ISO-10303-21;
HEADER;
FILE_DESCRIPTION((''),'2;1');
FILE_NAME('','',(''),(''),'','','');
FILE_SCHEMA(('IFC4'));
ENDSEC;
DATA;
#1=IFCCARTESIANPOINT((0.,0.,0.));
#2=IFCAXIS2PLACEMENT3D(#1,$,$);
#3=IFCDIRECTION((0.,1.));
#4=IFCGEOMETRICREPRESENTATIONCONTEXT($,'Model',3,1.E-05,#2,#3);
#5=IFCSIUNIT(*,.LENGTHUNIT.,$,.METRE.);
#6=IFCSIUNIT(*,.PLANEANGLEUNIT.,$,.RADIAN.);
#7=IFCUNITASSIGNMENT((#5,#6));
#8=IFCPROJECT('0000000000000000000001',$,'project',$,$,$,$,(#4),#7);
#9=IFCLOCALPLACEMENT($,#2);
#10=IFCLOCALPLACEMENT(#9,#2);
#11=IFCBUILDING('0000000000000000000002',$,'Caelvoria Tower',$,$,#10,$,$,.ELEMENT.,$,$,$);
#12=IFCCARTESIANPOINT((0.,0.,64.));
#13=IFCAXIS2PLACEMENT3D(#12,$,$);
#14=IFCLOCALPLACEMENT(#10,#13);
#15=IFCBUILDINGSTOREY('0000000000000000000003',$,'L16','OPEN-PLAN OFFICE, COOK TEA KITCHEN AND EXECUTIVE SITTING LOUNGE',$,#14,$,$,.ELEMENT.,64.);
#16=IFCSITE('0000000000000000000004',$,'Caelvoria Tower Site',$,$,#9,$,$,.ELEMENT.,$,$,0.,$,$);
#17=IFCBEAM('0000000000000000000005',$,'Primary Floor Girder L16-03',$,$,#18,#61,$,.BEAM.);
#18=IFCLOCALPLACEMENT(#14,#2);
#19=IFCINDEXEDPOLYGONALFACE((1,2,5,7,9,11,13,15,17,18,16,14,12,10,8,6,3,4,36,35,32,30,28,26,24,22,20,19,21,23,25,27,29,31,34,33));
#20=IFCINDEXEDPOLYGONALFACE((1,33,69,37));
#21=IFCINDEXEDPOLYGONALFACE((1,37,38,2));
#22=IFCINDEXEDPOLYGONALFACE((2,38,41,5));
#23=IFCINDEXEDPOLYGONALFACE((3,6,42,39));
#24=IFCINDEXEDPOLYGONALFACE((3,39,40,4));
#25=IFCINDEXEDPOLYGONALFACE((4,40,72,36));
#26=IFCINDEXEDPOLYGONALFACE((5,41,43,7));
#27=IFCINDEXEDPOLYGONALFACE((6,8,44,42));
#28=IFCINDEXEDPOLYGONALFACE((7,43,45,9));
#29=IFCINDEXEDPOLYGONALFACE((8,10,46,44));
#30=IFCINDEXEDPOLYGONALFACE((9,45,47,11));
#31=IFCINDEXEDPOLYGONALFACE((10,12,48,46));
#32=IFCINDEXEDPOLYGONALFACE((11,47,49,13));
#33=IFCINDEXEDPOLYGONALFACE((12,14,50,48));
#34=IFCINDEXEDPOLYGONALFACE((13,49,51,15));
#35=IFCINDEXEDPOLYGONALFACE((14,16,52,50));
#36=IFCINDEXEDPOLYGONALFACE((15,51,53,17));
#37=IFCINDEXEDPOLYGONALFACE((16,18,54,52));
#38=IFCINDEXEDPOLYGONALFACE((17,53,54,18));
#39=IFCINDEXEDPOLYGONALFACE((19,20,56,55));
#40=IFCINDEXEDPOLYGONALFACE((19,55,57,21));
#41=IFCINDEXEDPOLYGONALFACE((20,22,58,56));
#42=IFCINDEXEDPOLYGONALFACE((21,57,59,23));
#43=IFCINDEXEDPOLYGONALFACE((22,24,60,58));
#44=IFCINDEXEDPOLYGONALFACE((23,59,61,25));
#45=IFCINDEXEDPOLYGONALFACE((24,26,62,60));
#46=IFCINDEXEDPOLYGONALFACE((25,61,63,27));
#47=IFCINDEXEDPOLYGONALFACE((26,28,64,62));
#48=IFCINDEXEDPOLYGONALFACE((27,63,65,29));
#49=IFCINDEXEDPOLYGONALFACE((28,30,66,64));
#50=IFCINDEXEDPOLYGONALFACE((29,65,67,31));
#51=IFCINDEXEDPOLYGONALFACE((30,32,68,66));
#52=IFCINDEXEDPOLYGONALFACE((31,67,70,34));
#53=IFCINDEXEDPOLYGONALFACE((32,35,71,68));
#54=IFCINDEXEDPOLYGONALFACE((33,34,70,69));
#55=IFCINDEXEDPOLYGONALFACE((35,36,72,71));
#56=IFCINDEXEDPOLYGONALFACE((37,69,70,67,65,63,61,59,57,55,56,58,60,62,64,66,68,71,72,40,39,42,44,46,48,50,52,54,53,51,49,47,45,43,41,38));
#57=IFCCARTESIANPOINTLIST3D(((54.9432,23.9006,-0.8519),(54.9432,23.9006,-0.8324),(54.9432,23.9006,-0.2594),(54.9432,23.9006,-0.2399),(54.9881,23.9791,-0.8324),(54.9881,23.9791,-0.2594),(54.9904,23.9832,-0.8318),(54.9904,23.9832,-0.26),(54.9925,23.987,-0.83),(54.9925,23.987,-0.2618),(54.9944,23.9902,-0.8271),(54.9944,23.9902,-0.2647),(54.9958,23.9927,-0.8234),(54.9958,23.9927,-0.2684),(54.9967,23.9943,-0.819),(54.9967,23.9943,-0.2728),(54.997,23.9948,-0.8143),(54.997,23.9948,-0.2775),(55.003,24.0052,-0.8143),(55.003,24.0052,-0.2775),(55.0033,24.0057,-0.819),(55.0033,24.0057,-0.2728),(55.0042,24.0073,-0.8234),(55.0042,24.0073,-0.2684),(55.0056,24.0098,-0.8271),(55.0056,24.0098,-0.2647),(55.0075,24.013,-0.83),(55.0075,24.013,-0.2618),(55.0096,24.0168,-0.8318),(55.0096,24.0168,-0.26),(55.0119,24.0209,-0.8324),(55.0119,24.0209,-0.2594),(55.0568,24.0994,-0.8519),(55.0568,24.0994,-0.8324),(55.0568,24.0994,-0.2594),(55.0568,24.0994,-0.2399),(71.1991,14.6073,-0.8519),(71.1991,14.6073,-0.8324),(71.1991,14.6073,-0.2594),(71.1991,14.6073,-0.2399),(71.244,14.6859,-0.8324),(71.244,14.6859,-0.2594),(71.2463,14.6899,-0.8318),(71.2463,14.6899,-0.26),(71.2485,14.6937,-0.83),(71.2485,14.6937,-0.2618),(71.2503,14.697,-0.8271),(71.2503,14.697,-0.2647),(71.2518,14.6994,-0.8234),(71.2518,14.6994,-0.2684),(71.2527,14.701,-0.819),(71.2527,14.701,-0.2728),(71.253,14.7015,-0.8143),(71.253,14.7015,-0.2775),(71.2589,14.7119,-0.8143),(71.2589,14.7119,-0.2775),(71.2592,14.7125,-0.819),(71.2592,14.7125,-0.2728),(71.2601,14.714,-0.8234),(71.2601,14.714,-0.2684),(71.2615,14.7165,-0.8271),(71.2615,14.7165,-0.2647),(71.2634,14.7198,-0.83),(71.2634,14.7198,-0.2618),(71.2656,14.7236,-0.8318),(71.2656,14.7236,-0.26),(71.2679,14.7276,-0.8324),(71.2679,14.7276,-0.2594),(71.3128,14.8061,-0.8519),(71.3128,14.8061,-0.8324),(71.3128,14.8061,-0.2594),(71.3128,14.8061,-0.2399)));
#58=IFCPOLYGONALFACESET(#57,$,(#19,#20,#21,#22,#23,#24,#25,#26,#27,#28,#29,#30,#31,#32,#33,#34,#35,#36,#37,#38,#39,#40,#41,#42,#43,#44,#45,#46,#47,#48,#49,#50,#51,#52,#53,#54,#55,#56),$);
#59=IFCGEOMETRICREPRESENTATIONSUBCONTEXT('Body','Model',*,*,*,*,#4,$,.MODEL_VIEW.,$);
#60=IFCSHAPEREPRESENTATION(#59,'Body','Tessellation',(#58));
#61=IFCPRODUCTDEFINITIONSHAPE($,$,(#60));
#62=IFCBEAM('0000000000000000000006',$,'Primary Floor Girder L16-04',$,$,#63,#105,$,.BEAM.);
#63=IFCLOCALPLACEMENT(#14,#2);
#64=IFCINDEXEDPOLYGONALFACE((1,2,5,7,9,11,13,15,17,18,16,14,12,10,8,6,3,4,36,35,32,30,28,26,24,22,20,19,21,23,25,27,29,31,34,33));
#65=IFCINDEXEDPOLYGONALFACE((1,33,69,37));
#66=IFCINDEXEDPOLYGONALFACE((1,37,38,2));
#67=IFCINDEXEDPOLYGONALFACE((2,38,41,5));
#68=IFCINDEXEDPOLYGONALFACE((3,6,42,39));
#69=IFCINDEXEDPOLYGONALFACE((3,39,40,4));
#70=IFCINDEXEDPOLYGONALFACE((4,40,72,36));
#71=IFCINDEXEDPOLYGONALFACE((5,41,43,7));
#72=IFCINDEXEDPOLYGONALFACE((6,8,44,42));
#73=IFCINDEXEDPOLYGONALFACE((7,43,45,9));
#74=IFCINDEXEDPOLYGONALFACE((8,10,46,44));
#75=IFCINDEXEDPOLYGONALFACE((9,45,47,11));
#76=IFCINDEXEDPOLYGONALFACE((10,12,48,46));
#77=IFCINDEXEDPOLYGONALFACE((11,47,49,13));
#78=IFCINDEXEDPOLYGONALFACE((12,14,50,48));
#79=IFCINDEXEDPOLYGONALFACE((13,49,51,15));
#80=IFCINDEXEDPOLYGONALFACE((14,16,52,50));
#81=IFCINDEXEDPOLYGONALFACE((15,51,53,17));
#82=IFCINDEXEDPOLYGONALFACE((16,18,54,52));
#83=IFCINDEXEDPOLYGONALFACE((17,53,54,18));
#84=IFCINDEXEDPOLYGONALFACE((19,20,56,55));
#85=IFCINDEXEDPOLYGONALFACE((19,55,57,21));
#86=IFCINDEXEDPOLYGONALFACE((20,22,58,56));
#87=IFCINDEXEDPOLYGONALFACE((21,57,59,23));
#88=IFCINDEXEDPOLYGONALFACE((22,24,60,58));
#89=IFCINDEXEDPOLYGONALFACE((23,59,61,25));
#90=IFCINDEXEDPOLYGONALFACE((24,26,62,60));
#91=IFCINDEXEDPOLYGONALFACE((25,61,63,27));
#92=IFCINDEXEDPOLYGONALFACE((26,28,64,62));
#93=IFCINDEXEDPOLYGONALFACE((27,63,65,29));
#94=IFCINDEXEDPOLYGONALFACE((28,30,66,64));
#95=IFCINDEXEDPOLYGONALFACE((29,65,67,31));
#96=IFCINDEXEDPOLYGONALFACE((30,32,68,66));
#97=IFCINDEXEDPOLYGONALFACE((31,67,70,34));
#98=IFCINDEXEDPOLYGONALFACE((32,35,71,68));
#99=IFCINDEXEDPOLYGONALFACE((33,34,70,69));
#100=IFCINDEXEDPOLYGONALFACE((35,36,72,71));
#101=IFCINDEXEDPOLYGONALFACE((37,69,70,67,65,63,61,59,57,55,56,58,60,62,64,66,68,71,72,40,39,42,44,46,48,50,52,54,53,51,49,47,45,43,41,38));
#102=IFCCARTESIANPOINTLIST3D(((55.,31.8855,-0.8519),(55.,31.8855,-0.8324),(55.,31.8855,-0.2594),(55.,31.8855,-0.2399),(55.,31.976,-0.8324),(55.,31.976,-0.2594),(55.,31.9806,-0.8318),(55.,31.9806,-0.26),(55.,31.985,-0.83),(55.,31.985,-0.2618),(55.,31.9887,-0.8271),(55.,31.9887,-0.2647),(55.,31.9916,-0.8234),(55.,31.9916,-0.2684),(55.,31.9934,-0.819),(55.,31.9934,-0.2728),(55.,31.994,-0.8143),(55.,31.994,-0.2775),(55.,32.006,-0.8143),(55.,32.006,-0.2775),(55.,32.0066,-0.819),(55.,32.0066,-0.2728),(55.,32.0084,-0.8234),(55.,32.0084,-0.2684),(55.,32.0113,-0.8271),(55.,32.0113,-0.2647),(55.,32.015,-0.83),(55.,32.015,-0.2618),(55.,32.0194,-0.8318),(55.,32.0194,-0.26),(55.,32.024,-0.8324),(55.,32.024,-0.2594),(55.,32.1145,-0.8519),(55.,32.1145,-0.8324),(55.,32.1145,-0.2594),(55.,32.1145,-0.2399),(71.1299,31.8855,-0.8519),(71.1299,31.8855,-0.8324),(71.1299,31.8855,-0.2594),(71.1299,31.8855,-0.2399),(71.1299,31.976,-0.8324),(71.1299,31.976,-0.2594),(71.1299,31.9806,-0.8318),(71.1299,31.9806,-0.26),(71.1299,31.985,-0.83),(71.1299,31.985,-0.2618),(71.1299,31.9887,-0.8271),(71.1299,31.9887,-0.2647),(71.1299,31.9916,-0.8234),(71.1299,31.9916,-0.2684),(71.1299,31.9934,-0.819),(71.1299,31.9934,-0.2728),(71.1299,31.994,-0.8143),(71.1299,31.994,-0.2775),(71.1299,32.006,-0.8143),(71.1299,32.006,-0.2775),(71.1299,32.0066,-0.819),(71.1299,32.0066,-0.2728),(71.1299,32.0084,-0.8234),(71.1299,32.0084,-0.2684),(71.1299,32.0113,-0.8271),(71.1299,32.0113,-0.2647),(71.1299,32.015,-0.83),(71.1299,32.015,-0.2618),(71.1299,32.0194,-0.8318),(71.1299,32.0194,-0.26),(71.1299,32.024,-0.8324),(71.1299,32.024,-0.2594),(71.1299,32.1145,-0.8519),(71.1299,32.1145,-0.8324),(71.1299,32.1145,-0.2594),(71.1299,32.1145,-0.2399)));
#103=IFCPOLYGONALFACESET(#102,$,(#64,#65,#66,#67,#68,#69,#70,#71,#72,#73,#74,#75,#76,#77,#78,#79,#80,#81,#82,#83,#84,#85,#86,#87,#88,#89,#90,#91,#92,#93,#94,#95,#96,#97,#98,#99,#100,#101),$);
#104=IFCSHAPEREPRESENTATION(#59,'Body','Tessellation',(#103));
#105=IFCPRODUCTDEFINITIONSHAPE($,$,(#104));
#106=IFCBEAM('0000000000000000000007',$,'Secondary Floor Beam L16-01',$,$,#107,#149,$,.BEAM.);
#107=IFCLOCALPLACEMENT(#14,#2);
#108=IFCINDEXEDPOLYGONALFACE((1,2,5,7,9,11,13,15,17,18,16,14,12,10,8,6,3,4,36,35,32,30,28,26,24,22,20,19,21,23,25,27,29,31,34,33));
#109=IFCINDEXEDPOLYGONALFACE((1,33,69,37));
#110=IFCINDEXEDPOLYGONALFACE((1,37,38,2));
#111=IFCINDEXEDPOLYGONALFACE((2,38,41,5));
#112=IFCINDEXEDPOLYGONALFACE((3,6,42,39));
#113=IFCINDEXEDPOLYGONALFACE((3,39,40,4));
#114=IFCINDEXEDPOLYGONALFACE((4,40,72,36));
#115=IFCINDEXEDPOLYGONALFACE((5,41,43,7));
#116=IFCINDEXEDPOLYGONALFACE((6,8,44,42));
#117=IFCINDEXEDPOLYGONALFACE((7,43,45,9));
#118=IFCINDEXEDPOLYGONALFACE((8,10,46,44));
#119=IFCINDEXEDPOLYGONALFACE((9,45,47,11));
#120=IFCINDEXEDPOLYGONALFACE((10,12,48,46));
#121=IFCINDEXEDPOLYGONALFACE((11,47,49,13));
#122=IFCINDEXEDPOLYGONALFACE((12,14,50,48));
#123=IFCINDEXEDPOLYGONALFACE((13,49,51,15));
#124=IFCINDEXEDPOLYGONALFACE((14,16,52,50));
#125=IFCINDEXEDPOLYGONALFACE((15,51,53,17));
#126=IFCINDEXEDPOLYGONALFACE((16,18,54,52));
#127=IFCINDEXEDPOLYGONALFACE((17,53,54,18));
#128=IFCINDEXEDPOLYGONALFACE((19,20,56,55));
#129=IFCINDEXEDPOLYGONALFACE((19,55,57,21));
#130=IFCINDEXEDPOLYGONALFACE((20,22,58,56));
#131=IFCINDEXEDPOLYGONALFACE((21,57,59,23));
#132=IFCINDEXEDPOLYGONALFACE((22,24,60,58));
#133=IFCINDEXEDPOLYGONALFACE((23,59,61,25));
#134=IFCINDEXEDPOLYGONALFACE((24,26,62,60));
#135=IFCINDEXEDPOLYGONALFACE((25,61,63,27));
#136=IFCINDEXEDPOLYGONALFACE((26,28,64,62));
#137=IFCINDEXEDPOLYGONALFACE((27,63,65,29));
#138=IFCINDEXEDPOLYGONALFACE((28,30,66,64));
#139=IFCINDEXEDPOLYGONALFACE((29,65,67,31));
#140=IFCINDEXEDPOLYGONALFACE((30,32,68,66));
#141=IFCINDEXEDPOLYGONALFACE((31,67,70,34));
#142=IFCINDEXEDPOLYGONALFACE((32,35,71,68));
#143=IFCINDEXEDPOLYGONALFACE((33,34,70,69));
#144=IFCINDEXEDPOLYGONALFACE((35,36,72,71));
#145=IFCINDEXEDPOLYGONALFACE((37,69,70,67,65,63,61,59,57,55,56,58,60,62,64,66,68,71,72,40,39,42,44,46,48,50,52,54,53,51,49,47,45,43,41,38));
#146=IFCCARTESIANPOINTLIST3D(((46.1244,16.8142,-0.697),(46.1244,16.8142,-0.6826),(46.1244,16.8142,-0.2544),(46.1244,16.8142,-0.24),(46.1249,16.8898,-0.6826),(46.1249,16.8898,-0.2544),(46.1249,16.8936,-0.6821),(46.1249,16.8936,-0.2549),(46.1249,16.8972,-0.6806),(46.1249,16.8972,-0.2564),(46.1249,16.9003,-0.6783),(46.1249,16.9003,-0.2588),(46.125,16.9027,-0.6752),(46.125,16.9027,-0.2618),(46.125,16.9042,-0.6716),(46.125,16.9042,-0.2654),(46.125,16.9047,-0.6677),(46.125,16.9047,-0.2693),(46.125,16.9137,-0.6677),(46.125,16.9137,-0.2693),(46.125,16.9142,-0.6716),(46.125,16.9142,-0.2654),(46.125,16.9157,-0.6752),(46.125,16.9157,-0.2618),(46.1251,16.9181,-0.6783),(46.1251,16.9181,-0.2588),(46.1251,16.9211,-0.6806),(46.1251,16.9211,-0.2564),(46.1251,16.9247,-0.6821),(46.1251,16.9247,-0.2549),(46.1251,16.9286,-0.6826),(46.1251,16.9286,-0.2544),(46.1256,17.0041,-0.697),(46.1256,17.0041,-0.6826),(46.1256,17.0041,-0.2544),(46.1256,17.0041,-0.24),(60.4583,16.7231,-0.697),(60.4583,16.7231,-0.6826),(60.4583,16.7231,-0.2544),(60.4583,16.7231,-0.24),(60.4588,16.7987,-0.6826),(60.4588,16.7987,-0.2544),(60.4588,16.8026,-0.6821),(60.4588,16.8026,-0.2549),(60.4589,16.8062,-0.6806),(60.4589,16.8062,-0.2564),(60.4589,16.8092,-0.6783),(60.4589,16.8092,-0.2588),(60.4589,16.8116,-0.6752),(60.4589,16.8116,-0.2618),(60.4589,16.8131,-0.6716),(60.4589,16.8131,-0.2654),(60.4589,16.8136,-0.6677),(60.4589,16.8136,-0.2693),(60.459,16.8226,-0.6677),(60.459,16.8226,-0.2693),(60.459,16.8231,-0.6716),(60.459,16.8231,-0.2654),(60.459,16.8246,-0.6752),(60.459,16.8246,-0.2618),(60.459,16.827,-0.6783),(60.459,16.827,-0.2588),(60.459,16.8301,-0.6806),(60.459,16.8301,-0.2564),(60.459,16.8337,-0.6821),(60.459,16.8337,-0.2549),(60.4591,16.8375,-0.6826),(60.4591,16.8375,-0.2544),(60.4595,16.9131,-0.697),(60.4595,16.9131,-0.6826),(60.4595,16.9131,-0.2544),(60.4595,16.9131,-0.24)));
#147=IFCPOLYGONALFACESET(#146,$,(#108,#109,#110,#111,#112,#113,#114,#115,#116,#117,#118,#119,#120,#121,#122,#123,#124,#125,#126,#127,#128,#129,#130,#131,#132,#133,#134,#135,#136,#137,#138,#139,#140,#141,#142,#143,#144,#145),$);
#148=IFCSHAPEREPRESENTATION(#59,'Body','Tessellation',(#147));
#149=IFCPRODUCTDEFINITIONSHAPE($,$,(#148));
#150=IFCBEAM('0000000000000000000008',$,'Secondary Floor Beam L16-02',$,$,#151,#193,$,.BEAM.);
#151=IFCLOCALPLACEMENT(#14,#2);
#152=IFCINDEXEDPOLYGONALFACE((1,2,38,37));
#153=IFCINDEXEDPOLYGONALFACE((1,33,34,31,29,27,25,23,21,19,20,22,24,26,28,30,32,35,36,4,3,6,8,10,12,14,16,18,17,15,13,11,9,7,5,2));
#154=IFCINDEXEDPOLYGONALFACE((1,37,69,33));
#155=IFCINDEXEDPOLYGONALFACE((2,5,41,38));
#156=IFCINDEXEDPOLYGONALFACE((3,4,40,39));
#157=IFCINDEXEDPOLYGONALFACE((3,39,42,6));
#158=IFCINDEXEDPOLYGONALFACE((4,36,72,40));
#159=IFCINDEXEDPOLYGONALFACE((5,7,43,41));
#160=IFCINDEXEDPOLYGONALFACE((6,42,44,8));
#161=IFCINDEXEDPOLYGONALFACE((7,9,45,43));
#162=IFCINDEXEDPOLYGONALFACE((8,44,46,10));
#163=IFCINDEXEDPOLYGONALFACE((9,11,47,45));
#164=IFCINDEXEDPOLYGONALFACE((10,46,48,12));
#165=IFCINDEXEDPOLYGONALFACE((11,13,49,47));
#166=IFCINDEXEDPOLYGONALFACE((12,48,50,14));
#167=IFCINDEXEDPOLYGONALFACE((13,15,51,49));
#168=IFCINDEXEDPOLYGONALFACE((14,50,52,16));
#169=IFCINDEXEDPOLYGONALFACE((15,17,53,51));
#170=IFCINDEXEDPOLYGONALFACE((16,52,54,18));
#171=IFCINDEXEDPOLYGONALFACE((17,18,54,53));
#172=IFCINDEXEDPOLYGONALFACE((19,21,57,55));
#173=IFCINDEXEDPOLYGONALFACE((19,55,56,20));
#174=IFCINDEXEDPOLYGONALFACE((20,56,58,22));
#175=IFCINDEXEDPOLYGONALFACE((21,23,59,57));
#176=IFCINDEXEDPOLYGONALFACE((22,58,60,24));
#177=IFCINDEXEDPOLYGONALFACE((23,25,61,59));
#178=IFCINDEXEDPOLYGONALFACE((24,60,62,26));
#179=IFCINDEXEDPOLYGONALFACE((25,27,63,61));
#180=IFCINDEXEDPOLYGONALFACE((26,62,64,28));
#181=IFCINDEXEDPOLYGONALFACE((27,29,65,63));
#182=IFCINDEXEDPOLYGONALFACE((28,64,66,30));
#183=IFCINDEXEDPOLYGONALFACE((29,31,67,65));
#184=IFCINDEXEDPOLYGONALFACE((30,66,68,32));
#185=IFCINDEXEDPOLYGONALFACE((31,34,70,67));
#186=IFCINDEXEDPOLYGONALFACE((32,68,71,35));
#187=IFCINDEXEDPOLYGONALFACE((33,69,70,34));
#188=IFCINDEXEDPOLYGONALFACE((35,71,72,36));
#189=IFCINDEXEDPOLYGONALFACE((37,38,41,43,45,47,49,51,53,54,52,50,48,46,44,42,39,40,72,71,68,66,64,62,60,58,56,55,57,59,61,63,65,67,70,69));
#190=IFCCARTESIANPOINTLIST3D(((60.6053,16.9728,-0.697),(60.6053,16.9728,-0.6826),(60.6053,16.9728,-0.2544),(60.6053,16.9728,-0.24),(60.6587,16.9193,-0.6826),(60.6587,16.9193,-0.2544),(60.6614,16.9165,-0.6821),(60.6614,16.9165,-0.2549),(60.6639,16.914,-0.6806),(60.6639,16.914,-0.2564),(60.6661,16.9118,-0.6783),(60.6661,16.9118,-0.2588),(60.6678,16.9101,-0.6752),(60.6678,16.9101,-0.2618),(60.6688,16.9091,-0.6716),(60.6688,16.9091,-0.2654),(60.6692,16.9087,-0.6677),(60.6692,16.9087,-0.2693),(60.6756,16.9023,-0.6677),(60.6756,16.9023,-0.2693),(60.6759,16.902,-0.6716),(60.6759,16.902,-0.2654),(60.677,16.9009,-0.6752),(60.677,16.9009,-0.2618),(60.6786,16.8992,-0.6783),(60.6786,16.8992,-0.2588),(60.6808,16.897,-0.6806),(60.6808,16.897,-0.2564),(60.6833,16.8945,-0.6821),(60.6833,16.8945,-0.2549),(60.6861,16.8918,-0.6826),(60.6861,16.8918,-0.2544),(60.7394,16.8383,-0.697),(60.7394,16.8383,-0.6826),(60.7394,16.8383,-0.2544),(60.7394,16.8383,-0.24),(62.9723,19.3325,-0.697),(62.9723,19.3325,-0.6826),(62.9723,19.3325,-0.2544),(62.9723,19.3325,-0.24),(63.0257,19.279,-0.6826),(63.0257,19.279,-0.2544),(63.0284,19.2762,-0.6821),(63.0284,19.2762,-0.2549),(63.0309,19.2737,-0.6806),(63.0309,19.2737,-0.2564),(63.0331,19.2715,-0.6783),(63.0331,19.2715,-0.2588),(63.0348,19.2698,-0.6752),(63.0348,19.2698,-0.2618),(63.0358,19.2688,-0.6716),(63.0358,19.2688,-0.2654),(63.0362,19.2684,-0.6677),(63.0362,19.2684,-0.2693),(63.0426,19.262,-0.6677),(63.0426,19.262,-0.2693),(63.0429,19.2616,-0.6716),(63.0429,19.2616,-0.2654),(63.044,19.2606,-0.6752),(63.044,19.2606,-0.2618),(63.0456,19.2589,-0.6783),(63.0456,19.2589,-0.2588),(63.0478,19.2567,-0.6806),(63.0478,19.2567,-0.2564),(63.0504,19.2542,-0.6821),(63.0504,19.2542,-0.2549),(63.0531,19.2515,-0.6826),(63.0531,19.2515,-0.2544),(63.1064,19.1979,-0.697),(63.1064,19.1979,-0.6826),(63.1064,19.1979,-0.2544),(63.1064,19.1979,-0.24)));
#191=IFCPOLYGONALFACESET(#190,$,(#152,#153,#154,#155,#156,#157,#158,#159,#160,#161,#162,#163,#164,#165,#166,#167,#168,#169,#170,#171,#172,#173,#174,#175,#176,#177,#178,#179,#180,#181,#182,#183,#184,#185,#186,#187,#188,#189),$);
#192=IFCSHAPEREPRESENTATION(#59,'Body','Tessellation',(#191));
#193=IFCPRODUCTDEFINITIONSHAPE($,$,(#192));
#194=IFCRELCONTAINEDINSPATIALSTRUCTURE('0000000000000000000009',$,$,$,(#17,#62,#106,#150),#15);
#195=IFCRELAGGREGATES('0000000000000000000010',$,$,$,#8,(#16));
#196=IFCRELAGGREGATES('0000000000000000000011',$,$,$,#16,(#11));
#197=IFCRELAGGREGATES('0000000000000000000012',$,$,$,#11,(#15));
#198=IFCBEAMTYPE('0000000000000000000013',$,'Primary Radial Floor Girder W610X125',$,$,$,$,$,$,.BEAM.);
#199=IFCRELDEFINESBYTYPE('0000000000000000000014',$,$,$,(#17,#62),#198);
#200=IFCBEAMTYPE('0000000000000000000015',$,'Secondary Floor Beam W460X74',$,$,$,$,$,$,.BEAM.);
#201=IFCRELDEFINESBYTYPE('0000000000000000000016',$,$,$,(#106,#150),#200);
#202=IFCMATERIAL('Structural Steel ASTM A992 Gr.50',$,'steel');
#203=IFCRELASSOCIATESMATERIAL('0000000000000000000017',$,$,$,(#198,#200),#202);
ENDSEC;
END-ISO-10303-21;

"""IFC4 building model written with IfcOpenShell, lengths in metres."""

from ifc_helpers import new_model, si_unit, direction, frame, origin, origin_2d, place, context, subcontext, project, spatial, i_section, extrude, material, material_profile, profile_set, type_object, element, save


model = new_model("IFC4")

# Units and contexts
model_context = context("Model", 3, precision=1e-05, world=origin(), true_north=direction((0.0, 1.0)))
body_context = subcontext(model_context, "Body", "Model", "MODEL_VIEW")
ifc_project = project(units=[si_unit("LENGTHUNIT", "METRE"), si_unit("PLANEANGLEUNIT", "RADIAN")], contexts=[model_context])

# Site, building, storey
site_placement = place(None, origin())
site = spatial("IfcSite", under=ifc_project, at=site_placement, Name="Caelvoria Tower Site", CompositionType="ELEMENT", RefElevation=0.0)
building_placement = place(site_placement, origin())
building = spatial("IfcBuilding", under=site, at=building_placement, Name="Caelvoria Tower", CompositionType="ELEMENT")
storey_placement = place(building_placement, frame((0.0, 0.0, 64.0)))
storey = spatial("IfcBuildingStorey", under=building, at=storey_placement, Name="L16", Description="OPEN-PLAN OFFICE, COOK TEA KITCHEN AND EXECUTIVE SITTING LOUNGE", CompositionType="ELEMENT", Elevation=64.0)

# Beams
ifc_material_1 = material(Name="Structural Steel ASTM A992 Gr.50", Category="steel")
ifc_material_profile_1 = material_profile(ifc_material_1, i_section(OverallWidth=0.229, OverallDepth=0.6121, WebThickness=0.012, FlangeThickness=0.0195, FilletRadius=0.0181, at=origin_2d()), Name="Structural Steel ASTM A992 Gr.50")
ifc_profile_set_1 = profile_set([ifc_material_profile_1], Name="W610X125 - Structural Steel ASTM A992 Gr.50")
beam_type_1 = type_object("IfcBeamType", Name="Primary Radial Floor Girder W610X125", PredefinedType="BEAM", material=ifc_profile_set_1)
beam_1_placement = place(storey_placement, frame((55.0, 24.0, -0.5459), z_axis=(0.868148, -0.496306, 0.0), x_axis=(0.496306, 0.868148, 0.0)))
element("IfcBeam", 1, at=beam_1_placement, inside=storey, type_object=beam_type_1, Name="Primary Floor Girder L16-03", PredefinedType="BEAM", context=body_context, shape_type="SweptSolid", body=[
    extrude(i_section(OverallWidth=0.229, OverallDepth=0.6121, WebThickness=0.012, FlangeThickness=0.0195, FilletRadius=0.0181, at=origin_2d()), origin(), (0.0, 0.0, 1.0), 18.7249),
])
beam_2_placement = place(storey_placement, frame((55.0, 32.0, -0.5459), z_axis=(1.0, 0.0, 0.0), x_axis=(0.0, 1.0, 0.0)))
element("IfcBeam", 2, at=beam_2_placement, inside=storey, type_object=beam_type_1, Name="Primary Floor Girder L16-04", PredefinedType="BEAM", context=body_context, shape_type="SweptSolid", body=[
    extrude(i_section(OverallWidth=0.229, OverallDepth=0.6121, WebThickness=0.012, FlangeThickness=0.0195, FilletRadius=0.0181, at=origin_2d()), origin(), (0.0, 0.0, 1.0), 16.1299),
])
ifc_material_profile_2 = material_profile(ifc_material_1, i_section(OverallWidth=0.1899, OverallDepth=0.457, WebThickness=0.009, FlangeThickness=0.0144, FilletRadius=0.0149, at=origin_2d()), Name="Structural Steel ASTM A992 Gr.50")
ifc_profile_set_2 = profile_set([ifc_material_profile_2], Name="W460X74 - Structural Steel ASTM A992 Gr.50")
beam_type_2 = type_object("IfcBeamType", Name="Secondary Floor Beam W460X74", PredefinedType="BEAM", material=ifc_profile_set_2)
beam_3_placement = place(storey_placement, frame((46.125, 16.9092, -0.4685), z_axis=(0.99998, -0.006353, 0.0), x_axis=(0.006353, 0.99998, 0.0)))
element("IfcBeam", 3, at=beam_3_placement, inside=storey, type_object=beam_type_2, Name="Secondary Floor Beam L16-01", PredefinedType="BEAM", context=body_context, shape_type="SweptSolid", body=[
    extrude(i_section(OverallWidth=0.1899, OverallDepth=0.457, WebThickness=0.009, FlangeThickness=0.0144, FilletRadius=0.0149, at=origin_2d()), origin(), (0.0, 0.0, 1.0), 14.3342),
])
beam_4_placement = place(storey_placement, frame((60.6724, 16.9055, -0.4685), z_axis=(0.708202, 0.70601, 0.0), x_axis=(-0.70601, 0.708202, 0.0)))
element("IfcBeam", 4, at=beam_4_placement, inside=storey, type_object=beam_type_2, Name="Secondary Floor Beam L16-02", PredefinedType="BEAM", context=body_context, shape_type="SweptSolid", body=[
    extrude(i_section(OverallWidth=0.1899, OverallDepth=0.457, WebThickness=0.009, FlangeThickness=0.0144, FilletRadius=0.0149, at=origin_2d()), origin(), (0.0, 0.0, 1.0), 3.3423),
])

save(model, "model.ifc")
